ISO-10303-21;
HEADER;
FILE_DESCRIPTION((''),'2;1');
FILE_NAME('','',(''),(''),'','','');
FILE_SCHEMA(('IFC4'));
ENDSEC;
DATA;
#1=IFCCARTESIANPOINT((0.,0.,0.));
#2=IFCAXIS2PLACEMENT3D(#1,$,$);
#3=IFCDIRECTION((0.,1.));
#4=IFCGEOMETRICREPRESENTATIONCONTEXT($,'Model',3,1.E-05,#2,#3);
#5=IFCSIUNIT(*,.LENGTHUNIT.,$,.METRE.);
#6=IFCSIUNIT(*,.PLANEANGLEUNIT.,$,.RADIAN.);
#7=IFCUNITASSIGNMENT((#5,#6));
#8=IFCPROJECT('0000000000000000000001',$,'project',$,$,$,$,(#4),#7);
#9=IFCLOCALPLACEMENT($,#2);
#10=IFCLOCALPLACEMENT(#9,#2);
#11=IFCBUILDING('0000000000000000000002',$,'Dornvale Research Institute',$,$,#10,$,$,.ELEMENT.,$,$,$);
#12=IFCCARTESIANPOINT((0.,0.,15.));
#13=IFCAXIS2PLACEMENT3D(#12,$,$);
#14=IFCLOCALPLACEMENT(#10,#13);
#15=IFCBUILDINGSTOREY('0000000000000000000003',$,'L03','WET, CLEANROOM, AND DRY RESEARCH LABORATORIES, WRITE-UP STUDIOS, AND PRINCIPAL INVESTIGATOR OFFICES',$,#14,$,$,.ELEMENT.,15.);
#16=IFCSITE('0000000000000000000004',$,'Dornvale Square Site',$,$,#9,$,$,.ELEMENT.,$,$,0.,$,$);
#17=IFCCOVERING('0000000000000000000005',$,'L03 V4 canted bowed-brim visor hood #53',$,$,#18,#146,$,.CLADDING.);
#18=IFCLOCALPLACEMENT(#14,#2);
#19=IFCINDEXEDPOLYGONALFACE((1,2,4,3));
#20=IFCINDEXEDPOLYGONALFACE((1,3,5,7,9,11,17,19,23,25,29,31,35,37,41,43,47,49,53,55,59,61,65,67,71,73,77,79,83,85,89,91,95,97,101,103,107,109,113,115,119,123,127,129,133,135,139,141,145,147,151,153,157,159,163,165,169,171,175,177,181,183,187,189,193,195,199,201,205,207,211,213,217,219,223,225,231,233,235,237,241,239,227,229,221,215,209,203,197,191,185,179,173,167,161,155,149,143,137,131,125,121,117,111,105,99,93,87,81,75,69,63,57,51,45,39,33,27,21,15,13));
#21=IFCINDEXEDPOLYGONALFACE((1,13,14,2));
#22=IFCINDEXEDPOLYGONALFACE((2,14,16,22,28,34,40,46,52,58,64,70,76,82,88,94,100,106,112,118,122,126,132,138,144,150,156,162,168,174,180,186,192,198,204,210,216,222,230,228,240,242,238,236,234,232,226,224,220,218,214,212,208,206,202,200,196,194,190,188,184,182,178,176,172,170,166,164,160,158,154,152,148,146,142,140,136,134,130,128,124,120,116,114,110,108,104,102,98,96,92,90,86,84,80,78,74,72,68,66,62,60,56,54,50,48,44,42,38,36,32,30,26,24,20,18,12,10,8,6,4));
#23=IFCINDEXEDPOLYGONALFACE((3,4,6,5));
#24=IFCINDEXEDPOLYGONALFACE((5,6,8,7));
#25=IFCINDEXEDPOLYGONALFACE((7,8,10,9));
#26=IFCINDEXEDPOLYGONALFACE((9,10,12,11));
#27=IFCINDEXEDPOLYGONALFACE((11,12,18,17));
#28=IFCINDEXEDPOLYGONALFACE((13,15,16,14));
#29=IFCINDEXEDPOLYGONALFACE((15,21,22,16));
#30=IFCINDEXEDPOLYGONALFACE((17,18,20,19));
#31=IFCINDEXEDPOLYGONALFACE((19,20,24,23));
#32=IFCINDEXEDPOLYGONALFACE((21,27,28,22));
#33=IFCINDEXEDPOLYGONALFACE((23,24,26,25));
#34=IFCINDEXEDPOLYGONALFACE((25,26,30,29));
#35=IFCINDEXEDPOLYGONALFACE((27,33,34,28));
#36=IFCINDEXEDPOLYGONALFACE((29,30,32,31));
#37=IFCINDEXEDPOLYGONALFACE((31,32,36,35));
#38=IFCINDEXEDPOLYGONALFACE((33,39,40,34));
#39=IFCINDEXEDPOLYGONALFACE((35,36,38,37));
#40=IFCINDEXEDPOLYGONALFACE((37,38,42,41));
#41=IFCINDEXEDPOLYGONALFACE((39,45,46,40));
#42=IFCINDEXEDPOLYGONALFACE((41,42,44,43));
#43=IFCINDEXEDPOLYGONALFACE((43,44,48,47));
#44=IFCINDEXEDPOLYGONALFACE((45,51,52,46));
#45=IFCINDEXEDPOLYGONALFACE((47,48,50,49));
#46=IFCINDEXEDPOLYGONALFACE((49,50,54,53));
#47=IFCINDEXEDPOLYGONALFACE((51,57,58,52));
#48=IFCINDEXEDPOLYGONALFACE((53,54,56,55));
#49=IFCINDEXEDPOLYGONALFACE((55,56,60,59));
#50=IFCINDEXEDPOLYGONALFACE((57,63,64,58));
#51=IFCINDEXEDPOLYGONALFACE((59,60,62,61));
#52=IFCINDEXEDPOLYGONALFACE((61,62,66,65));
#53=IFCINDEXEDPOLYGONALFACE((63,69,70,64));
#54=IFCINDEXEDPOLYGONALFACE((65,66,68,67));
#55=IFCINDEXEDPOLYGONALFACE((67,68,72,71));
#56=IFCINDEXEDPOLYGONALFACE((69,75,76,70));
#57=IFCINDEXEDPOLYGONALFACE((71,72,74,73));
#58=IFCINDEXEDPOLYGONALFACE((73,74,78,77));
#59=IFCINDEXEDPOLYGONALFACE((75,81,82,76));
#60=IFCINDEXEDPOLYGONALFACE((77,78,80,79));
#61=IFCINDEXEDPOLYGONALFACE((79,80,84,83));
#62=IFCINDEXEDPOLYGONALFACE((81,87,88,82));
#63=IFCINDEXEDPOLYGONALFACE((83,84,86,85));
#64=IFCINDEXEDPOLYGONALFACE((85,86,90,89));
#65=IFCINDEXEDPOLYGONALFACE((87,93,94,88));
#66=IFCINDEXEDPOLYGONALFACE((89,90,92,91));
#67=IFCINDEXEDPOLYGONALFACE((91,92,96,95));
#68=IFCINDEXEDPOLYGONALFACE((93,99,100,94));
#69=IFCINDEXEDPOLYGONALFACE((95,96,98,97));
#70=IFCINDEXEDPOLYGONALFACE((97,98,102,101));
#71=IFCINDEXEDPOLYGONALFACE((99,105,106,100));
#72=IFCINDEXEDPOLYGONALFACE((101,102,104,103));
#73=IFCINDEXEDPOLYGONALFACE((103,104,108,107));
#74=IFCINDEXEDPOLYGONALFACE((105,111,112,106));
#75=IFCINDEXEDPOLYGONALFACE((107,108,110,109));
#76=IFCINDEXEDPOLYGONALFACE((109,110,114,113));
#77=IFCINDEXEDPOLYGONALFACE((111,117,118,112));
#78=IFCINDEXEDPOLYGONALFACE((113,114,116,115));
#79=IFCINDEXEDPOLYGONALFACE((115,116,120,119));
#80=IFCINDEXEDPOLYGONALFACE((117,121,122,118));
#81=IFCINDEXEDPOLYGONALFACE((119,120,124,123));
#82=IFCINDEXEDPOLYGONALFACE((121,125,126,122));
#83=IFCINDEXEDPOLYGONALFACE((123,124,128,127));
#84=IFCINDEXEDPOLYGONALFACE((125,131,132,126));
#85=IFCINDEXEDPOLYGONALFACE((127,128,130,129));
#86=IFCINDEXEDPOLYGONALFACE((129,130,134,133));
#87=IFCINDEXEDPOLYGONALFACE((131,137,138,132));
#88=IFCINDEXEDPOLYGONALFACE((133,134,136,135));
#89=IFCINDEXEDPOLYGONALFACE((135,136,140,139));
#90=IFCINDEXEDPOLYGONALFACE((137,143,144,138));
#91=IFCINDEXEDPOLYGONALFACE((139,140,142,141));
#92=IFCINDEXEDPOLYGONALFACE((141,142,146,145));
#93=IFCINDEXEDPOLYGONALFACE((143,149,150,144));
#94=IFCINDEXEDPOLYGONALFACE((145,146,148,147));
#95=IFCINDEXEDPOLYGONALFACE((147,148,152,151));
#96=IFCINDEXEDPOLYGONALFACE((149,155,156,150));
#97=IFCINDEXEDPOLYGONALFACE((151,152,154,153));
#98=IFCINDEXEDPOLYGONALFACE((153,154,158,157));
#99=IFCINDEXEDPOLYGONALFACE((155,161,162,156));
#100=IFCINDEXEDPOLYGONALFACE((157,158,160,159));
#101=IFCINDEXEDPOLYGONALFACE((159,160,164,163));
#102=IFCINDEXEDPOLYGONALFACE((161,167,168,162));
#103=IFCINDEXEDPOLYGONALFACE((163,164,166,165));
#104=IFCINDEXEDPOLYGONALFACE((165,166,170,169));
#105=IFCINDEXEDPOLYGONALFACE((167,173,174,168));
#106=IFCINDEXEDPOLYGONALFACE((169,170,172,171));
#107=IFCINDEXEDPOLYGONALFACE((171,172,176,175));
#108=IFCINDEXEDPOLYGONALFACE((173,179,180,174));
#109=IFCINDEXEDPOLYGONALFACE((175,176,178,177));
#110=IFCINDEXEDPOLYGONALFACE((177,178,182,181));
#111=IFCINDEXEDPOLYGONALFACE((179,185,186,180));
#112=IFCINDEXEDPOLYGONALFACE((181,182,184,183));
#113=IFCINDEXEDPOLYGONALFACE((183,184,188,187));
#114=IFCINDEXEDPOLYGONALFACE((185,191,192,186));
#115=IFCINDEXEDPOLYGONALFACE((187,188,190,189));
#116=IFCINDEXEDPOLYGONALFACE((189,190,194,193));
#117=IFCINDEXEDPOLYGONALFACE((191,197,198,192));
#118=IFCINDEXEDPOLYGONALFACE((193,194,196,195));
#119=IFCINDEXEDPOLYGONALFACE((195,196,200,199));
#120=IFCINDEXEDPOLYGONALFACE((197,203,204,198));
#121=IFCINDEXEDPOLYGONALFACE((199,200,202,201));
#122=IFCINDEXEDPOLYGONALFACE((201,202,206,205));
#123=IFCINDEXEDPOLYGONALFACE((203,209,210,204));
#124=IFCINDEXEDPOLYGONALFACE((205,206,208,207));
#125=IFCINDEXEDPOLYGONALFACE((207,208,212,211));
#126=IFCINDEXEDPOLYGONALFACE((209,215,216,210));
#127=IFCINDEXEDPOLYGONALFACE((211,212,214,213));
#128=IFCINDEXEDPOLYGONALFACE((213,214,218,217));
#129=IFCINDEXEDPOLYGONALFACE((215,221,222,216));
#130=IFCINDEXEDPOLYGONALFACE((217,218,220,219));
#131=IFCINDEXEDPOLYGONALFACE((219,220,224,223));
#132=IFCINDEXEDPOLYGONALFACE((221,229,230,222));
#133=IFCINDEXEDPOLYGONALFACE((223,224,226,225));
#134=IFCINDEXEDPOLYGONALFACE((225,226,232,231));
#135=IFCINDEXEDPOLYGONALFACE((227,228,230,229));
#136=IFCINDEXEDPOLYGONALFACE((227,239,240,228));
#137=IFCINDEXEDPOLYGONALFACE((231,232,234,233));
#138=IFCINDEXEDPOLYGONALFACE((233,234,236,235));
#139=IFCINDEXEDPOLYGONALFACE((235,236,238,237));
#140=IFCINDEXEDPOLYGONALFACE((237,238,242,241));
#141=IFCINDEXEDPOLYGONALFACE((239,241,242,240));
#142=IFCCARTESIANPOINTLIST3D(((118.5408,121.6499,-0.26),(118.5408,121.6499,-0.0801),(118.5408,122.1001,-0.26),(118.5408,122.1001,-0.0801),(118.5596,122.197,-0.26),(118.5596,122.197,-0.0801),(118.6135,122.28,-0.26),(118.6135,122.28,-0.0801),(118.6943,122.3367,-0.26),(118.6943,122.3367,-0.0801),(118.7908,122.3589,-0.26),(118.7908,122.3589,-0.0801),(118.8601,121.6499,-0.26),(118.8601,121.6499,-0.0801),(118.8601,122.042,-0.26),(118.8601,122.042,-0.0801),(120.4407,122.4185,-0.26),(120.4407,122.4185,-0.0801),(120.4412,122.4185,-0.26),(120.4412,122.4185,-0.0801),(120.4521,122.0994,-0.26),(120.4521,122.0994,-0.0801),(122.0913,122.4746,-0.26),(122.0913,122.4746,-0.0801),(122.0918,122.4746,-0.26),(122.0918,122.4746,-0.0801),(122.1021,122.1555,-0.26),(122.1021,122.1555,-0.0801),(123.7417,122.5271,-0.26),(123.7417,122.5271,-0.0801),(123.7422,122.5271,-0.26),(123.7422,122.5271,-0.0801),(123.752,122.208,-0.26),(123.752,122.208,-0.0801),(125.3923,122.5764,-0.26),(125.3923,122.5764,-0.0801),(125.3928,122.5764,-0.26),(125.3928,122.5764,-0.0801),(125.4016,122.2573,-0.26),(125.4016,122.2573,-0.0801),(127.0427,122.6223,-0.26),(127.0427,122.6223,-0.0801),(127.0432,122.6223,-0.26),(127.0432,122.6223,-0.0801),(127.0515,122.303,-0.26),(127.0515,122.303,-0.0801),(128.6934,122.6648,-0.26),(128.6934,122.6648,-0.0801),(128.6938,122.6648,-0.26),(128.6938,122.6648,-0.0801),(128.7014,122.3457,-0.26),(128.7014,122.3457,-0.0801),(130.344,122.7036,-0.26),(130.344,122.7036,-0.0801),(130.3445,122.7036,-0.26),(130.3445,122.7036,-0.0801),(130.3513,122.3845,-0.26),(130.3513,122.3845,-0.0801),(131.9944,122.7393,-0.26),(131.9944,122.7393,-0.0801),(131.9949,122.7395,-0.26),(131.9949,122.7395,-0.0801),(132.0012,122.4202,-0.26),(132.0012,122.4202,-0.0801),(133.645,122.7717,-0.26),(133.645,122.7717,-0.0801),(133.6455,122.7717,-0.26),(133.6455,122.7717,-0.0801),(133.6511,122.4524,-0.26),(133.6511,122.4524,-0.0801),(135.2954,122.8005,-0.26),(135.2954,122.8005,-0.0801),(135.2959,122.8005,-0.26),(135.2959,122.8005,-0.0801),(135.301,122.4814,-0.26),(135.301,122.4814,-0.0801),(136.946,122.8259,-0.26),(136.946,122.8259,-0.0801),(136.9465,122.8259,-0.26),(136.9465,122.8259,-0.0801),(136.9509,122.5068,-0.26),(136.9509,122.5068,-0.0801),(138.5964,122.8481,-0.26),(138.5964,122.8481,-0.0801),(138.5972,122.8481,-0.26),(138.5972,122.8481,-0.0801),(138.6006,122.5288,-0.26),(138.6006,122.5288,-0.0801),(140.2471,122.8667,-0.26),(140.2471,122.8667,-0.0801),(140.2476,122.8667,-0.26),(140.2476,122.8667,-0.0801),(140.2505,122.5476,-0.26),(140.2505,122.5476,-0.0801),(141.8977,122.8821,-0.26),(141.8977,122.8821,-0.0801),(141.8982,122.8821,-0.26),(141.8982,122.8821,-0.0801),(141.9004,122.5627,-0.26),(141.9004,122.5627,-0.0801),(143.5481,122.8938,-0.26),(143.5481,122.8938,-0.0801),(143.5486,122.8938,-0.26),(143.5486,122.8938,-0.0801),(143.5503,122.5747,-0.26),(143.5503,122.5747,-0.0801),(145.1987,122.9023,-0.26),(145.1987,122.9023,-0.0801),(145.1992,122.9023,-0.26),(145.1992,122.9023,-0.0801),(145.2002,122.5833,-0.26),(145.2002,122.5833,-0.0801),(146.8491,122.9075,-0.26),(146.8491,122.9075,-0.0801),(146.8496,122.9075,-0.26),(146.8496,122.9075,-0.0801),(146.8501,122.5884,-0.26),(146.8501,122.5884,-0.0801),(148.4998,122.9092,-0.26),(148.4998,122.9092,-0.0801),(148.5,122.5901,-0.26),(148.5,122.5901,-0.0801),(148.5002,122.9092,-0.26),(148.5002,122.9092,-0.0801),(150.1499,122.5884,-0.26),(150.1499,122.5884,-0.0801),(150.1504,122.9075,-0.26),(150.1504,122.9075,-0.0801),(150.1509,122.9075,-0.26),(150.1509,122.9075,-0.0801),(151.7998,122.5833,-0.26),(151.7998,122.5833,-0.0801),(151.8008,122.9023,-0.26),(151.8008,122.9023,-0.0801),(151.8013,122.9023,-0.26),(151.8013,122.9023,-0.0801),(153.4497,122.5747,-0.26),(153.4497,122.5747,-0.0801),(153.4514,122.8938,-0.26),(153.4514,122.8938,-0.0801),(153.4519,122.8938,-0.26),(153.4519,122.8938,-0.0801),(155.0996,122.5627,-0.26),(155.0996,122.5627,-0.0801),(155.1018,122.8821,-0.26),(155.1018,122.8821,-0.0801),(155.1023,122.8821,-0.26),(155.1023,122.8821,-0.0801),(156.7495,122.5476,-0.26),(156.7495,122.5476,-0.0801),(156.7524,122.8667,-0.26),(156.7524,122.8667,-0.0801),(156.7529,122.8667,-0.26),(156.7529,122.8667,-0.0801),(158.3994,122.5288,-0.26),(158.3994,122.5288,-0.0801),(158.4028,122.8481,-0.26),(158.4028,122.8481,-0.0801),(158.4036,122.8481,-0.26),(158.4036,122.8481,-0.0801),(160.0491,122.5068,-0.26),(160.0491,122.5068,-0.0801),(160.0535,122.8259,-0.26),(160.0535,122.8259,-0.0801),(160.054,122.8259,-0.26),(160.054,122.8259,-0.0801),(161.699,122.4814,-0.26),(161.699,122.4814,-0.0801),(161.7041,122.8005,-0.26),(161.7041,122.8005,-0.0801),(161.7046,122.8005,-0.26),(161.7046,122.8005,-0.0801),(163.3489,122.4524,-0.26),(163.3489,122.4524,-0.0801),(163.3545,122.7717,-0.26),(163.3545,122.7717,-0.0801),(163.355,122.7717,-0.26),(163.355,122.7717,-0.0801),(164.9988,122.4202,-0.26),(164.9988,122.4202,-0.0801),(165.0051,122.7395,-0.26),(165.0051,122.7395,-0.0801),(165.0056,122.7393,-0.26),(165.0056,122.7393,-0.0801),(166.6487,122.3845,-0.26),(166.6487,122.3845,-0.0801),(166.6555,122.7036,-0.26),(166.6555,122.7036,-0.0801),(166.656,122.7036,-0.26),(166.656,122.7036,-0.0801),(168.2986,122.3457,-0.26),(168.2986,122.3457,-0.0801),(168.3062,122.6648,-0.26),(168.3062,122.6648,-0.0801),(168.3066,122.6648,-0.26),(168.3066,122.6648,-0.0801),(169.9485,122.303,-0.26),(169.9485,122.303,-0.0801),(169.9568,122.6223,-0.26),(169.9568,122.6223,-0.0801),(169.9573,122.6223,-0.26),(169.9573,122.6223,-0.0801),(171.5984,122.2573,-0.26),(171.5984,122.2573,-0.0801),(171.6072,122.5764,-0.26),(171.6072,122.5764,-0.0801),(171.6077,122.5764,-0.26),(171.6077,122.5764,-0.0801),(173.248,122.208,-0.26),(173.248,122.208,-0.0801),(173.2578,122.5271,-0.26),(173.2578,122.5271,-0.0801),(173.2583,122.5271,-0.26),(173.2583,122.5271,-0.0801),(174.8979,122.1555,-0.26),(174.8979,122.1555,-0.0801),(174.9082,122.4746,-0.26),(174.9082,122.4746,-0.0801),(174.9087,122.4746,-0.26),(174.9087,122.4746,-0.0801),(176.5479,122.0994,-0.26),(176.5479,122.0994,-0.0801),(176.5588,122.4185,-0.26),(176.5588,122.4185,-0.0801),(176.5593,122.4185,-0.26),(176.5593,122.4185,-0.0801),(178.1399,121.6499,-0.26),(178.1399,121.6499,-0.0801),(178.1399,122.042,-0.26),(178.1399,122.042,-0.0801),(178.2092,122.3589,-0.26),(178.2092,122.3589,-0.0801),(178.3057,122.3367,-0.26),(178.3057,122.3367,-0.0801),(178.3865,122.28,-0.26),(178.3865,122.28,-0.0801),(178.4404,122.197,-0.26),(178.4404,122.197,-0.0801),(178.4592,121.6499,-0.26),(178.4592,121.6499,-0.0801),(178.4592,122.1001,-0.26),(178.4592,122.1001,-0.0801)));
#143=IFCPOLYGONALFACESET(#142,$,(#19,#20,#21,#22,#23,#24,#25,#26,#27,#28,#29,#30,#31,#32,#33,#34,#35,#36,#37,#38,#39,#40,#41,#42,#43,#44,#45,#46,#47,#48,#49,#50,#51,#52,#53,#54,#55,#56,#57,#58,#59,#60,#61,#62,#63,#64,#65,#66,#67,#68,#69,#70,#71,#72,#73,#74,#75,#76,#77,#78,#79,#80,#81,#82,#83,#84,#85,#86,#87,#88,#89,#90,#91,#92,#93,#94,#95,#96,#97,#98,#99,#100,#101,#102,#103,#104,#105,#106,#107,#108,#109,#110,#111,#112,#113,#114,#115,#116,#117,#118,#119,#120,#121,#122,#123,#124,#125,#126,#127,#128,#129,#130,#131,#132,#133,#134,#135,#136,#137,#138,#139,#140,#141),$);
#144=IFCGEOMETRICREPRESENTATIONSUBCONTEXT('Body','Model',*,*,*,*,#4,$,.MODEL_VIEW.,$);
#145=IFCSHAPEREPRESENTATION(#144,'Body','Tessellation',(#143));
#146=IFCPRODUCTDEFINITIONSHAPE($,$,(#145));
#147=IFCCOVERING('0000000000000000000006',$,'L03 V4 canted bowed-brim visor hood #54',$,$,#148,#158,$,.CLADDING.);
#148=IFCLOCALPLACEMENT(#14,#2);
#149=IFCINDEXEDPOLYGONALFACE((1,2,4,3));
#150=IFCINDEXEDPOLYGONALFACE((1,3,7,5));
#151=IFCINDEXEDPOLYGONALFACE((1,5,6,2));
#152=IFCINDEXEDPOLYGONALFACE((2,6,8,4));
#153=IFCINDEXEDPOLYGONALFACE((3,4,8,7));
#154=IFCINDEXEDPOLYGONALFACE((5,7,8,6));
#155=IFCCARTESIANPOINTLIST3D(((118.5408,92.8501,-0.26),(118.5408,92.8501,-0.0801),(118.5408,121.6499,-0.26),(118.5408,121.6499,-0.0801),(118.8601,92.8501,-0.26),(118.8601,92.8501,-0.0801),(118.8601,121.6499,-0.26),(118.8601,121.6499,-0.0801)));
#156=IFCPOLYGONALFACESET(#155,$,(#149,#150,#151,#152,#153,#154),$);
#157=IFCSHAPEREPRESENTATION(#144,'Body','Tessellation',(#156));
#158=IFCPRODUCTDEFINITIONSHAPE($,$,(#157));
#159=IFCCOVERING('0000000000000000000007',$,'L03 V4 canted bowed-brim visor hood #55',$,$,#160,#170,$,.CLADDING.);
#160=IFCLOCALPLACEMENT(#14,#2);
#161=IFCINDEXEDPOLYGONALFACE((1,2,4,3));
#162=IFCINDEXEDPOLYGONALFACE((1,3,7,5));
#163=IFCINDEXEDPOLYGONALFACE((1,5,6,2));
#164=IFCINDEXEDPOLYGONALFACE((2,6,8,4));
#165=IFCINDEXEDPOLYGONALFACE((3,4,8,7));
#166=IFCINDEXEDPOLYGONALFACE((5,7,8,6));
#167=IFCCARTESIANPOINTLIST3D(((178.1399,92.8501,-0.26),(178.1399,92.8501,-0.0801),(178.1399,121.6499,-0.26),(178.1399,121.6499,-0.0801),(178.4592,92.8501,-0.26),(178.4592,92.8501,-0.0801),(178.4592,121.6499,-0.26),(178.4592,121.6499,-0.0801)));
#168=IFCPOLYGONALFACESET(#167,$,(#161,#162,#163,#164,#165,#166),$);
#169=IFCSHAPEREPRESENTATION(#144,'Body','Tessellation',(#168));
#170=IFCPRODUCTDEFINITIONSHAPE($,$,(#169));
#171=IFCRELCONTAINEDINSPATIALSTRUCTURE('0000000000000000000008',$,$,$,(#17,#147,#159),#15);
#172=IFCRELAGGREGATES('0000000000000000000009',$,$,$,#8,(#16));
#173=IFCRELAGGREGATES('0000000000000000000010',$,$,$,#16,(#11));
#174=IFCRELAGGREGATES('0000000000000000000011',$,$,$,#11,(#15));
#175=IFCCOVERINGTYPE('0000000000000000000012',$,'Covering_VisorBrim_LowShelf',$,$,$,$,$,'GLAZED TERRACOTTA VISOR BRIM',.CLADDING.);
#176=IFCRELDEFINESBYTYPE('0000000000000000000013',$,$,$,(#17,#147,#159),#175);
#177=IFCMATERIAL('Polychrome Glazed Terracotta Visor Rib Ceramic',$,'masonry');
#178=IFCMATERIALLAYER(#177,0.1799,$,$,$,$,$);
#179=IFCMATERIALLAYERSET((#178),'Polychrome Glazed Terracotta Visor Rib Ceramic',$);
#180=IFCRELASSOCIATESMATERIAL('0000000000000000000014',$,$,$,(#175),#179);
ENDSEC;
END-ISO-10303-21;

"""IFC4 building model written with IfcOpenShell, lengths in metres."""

from ifc_helpers import new_model, si_unit, direction, frame, origin, place, context, subcontext, project, spatial, polyline, outline, extrude, material, layer, layer_set, type_object, element, save


model = new_model("IFC4")

# Units and contexts
model_context = context("Model", 3, precision=1e-05, world=origin(), true_north=direction((0.0, 1.0)))
body_context = subcontext(model_context, "Body", "Model", "MODEL_VIEW")
ifc_project = project(units=[si_unit("LENGTHUNIT", "METRE"), si_unit("PLANEANGLEUNIT", "RADIAN")], contexts=[model_context])

# Site, building, storey
site_placement = place(None, origin())
site = spatial("IfcSite", under=ifc_project, at=site_placement, Name="Dornvale Square Site", CompositionType="ELEMENT", RefElevation=0.0)
building_placement = place(site_placement, origin())
building = spatial("IfcBuilding", under=site, at=building_placement, Name="Dornvale Research Institute", CompositionType="ELEMENT")
storey_placement = place(building_placement, frame((0.0, 0.0, 15.0)))
storey = spatial("IfcBuildingStorey", under=building, at=storey_placement, Name="L03", Description="WET, CLEANROOM, AND DRY RESEARCH LABORATORIES, WRITE-UP STUDIOS, AND PRINCIPAL INVESTIGATOR OFFICES", CompositionType="ELEMENT", Elevation=15.0)

# Coverings
ifc_material_1 = material(Name="Polychrome Glazed Terracotta Visor Rib Ceramic", Category="masonry")
ifc_layer_1 = layer(ifc_material_1, 0.1799)
ifc_layer_set_1 = layer_set([ifc_layer_1], Name="Polychrome Glazed Terracotta Visor Rib Ceramic")
covering_type_1 = type_object("IfcCoveringType", Name="Covering_VisorBrim_LowShelf", ElementType="GLAZED TERRACOTTA VISOR BRIM", PredefinedType="CLADDING", material=ifc_layer_set_1)
covering_1_placement = place(storey_placement, frame((0.0, 0.0, -0.26)))
element("IfcCovering", 1, at=covering_1_placement, inside=storey, type_object=covering_type_1, Name="L03 V4 canted bowed-brim visor hood #53", PredefinedType="CLADDING", context=body_context, shape_type="SweptSolid", body=[
    extrude(outline(polyline([(118.7908, 122.3589), (120.4407, 122.4185), (120.4412, 122.4185), (122.0913, 122.4746), (122.0918, 122.4746), (123.7417, 122.5271), (123.7422, 122.5271), (125.3923, 122.5764), (125.3928, 122.5764), (127.0427, 122.6223), (127.0432, 122.6223), (128.6934, 122.6648), (128.6938, 122.6648), (130.344, 122.7036), (130.3445, 122.7036), (131.9944, 122.7393), (131.9949, 122.7395), (133.645, 122.7717), (133.6455, 122.7717), (135.2954, 122.8005), (135.2959, 122.8005), (136.946, 122.8259), (136.9465, 122.8259), (138.5964, 122.8481), (138.5972, 122.8481), (140.2471, 122.8667), (140.2476, 122.8667), (141.8977, 122.8821), (141.8982, 122.8821), (143.5481, 122.8938), (143.5486, 122.8938), (145.1987, 122.9023), (145.1992, 122.9023), (146.8491, 122.9075), (146.8496, 122.9075), (148.4998, 122.9092), (148.5002, 122.9092), (150.1504, 122.9075), (150.1509, 122.9075), (151.8008, 122.9023), (151.8013, 122.9023), (153.4514, 122.8938), (153.4519, 122.8938), (155.1018, 122.8821), (155.1023, 122.8821), (156.7524, 122.8667), (156.7529, 122.8667), (158.4028, 122.8481), (158.4036, 122.8481), (160.0535, 122.8259), (160.054, 122.8259), (161.7041, 122.8005), (161.7046, 122.8005), (163.3545, 122.7717), (163.355, 122.7717), (165.0051, 122.7395), (165.0056, 122.7393), (166.6555, 122.7036), (166.656, 122.7036), (168.3062, 122.6648), (168.3066, 122.6648), (169.9568, 122.6223), (169.9573, 122.6223), (171.6072, 122.5764), (171.6077, 122.5764), (173.2578, 122.5271), (173.2583, 122.5271), (174.9082, 122.4746), (174.9087, 122.4746), (176.5588, 122.4185), (176.5593, 122.4185), (178.2092, 122.3589), (178.3057, 122.3367), (178.3865, 122.28), (178.4404, 122.197), (178.4592, 122.1001), (178.4592, 121.6499), (178.1399, 121.6499), (178.1399, 122.042), (176.5479, 122.0994), (174.8979, 122.1555), (173.248, 122.208), (171.5984, 122.2573), (169.9485, 122.303), (168.2986, 122.3457), (166.6487, 122.3845), (164.9988, 122.4202), (163.3489, 122.4524), (161.699, 122.4814), (160.0491, 122.5068), (158.3994, 122.5288), (156.7495, 122.5476), (155.0996, 122.5627), (153.4497, 122.5747), (151.7998, 122.5833), (150.1499, 122.5884), (148.5, 122.5901), (146.8501, 122.5884), (145.2002, 122.5833), (143.5503, 122.5747), (141.9004, 122.5627), (140.2505, 122.5476), (138.6006, 122.5288), (136.9509, 122.5068), (135.301, 122.4814), (133.6511, 122.4524), (132.0012, 122.4202), (130.3513, 122.3845), (128.7014, 122.3457), (127.0515, 122.303), (125.4016, 122.2573), (123.752, 122.208), (122.1021, 122.1555), (120.4521, 122.0994), (118.8601, 122.042), (118.8601, 121.6499), (118.5408, 121.6499), (118.5408, 122.1001), (118.5596, 122.197), (118.6135, 122.28), (118.6943, 122.3367), (118.7908, 122.3589)])), origin(), (0.0, 0.0, 1.0), 0.1799),
])
covering_2_placement = place(storey_placement, frame((0.0, 0.0, -0.26)))
element("IfcCovering", 2, at=covering_2_placement, inside=storey, type_object=covering_type_1, Name="L03 V4 canted bowed-brim visor hood #54", PredefinedType="CLADDING", context=body_context, shape_type="SweptSolid", body=[
    extrude(outline(polyline([(118.5408, 121.6499), (118.8601, 121.6499), (118.8601, 92.8501), (118.5408, 92.8501), (118.5408, 121.6499)])), origin(), (0.0, 0.0, 1.0), 0.1799),
])
covering_3_placement = place(storey_placement, frame((0.0, 0.0, -0.26)))
element("IfcCovering", 3, at=covering_3_placement, inside=storey, type_object=covering_type_1, Name="L03 V4 canted bowed-brim visor hood #55", PredefinedType="CLADDING", context=body_context, shape_type="SweptSolid", body=[
    extrude(outline(polyline([(178.4592, 92.8501), (178.1399, 92.8501), (178.1399, 121.6499), (178.4592, 121.6499), (178.4592, 92.8501)])), origin(), (0.0, 0.0, 1.0), 0.1799),
])

save(model, "model.ifc")
